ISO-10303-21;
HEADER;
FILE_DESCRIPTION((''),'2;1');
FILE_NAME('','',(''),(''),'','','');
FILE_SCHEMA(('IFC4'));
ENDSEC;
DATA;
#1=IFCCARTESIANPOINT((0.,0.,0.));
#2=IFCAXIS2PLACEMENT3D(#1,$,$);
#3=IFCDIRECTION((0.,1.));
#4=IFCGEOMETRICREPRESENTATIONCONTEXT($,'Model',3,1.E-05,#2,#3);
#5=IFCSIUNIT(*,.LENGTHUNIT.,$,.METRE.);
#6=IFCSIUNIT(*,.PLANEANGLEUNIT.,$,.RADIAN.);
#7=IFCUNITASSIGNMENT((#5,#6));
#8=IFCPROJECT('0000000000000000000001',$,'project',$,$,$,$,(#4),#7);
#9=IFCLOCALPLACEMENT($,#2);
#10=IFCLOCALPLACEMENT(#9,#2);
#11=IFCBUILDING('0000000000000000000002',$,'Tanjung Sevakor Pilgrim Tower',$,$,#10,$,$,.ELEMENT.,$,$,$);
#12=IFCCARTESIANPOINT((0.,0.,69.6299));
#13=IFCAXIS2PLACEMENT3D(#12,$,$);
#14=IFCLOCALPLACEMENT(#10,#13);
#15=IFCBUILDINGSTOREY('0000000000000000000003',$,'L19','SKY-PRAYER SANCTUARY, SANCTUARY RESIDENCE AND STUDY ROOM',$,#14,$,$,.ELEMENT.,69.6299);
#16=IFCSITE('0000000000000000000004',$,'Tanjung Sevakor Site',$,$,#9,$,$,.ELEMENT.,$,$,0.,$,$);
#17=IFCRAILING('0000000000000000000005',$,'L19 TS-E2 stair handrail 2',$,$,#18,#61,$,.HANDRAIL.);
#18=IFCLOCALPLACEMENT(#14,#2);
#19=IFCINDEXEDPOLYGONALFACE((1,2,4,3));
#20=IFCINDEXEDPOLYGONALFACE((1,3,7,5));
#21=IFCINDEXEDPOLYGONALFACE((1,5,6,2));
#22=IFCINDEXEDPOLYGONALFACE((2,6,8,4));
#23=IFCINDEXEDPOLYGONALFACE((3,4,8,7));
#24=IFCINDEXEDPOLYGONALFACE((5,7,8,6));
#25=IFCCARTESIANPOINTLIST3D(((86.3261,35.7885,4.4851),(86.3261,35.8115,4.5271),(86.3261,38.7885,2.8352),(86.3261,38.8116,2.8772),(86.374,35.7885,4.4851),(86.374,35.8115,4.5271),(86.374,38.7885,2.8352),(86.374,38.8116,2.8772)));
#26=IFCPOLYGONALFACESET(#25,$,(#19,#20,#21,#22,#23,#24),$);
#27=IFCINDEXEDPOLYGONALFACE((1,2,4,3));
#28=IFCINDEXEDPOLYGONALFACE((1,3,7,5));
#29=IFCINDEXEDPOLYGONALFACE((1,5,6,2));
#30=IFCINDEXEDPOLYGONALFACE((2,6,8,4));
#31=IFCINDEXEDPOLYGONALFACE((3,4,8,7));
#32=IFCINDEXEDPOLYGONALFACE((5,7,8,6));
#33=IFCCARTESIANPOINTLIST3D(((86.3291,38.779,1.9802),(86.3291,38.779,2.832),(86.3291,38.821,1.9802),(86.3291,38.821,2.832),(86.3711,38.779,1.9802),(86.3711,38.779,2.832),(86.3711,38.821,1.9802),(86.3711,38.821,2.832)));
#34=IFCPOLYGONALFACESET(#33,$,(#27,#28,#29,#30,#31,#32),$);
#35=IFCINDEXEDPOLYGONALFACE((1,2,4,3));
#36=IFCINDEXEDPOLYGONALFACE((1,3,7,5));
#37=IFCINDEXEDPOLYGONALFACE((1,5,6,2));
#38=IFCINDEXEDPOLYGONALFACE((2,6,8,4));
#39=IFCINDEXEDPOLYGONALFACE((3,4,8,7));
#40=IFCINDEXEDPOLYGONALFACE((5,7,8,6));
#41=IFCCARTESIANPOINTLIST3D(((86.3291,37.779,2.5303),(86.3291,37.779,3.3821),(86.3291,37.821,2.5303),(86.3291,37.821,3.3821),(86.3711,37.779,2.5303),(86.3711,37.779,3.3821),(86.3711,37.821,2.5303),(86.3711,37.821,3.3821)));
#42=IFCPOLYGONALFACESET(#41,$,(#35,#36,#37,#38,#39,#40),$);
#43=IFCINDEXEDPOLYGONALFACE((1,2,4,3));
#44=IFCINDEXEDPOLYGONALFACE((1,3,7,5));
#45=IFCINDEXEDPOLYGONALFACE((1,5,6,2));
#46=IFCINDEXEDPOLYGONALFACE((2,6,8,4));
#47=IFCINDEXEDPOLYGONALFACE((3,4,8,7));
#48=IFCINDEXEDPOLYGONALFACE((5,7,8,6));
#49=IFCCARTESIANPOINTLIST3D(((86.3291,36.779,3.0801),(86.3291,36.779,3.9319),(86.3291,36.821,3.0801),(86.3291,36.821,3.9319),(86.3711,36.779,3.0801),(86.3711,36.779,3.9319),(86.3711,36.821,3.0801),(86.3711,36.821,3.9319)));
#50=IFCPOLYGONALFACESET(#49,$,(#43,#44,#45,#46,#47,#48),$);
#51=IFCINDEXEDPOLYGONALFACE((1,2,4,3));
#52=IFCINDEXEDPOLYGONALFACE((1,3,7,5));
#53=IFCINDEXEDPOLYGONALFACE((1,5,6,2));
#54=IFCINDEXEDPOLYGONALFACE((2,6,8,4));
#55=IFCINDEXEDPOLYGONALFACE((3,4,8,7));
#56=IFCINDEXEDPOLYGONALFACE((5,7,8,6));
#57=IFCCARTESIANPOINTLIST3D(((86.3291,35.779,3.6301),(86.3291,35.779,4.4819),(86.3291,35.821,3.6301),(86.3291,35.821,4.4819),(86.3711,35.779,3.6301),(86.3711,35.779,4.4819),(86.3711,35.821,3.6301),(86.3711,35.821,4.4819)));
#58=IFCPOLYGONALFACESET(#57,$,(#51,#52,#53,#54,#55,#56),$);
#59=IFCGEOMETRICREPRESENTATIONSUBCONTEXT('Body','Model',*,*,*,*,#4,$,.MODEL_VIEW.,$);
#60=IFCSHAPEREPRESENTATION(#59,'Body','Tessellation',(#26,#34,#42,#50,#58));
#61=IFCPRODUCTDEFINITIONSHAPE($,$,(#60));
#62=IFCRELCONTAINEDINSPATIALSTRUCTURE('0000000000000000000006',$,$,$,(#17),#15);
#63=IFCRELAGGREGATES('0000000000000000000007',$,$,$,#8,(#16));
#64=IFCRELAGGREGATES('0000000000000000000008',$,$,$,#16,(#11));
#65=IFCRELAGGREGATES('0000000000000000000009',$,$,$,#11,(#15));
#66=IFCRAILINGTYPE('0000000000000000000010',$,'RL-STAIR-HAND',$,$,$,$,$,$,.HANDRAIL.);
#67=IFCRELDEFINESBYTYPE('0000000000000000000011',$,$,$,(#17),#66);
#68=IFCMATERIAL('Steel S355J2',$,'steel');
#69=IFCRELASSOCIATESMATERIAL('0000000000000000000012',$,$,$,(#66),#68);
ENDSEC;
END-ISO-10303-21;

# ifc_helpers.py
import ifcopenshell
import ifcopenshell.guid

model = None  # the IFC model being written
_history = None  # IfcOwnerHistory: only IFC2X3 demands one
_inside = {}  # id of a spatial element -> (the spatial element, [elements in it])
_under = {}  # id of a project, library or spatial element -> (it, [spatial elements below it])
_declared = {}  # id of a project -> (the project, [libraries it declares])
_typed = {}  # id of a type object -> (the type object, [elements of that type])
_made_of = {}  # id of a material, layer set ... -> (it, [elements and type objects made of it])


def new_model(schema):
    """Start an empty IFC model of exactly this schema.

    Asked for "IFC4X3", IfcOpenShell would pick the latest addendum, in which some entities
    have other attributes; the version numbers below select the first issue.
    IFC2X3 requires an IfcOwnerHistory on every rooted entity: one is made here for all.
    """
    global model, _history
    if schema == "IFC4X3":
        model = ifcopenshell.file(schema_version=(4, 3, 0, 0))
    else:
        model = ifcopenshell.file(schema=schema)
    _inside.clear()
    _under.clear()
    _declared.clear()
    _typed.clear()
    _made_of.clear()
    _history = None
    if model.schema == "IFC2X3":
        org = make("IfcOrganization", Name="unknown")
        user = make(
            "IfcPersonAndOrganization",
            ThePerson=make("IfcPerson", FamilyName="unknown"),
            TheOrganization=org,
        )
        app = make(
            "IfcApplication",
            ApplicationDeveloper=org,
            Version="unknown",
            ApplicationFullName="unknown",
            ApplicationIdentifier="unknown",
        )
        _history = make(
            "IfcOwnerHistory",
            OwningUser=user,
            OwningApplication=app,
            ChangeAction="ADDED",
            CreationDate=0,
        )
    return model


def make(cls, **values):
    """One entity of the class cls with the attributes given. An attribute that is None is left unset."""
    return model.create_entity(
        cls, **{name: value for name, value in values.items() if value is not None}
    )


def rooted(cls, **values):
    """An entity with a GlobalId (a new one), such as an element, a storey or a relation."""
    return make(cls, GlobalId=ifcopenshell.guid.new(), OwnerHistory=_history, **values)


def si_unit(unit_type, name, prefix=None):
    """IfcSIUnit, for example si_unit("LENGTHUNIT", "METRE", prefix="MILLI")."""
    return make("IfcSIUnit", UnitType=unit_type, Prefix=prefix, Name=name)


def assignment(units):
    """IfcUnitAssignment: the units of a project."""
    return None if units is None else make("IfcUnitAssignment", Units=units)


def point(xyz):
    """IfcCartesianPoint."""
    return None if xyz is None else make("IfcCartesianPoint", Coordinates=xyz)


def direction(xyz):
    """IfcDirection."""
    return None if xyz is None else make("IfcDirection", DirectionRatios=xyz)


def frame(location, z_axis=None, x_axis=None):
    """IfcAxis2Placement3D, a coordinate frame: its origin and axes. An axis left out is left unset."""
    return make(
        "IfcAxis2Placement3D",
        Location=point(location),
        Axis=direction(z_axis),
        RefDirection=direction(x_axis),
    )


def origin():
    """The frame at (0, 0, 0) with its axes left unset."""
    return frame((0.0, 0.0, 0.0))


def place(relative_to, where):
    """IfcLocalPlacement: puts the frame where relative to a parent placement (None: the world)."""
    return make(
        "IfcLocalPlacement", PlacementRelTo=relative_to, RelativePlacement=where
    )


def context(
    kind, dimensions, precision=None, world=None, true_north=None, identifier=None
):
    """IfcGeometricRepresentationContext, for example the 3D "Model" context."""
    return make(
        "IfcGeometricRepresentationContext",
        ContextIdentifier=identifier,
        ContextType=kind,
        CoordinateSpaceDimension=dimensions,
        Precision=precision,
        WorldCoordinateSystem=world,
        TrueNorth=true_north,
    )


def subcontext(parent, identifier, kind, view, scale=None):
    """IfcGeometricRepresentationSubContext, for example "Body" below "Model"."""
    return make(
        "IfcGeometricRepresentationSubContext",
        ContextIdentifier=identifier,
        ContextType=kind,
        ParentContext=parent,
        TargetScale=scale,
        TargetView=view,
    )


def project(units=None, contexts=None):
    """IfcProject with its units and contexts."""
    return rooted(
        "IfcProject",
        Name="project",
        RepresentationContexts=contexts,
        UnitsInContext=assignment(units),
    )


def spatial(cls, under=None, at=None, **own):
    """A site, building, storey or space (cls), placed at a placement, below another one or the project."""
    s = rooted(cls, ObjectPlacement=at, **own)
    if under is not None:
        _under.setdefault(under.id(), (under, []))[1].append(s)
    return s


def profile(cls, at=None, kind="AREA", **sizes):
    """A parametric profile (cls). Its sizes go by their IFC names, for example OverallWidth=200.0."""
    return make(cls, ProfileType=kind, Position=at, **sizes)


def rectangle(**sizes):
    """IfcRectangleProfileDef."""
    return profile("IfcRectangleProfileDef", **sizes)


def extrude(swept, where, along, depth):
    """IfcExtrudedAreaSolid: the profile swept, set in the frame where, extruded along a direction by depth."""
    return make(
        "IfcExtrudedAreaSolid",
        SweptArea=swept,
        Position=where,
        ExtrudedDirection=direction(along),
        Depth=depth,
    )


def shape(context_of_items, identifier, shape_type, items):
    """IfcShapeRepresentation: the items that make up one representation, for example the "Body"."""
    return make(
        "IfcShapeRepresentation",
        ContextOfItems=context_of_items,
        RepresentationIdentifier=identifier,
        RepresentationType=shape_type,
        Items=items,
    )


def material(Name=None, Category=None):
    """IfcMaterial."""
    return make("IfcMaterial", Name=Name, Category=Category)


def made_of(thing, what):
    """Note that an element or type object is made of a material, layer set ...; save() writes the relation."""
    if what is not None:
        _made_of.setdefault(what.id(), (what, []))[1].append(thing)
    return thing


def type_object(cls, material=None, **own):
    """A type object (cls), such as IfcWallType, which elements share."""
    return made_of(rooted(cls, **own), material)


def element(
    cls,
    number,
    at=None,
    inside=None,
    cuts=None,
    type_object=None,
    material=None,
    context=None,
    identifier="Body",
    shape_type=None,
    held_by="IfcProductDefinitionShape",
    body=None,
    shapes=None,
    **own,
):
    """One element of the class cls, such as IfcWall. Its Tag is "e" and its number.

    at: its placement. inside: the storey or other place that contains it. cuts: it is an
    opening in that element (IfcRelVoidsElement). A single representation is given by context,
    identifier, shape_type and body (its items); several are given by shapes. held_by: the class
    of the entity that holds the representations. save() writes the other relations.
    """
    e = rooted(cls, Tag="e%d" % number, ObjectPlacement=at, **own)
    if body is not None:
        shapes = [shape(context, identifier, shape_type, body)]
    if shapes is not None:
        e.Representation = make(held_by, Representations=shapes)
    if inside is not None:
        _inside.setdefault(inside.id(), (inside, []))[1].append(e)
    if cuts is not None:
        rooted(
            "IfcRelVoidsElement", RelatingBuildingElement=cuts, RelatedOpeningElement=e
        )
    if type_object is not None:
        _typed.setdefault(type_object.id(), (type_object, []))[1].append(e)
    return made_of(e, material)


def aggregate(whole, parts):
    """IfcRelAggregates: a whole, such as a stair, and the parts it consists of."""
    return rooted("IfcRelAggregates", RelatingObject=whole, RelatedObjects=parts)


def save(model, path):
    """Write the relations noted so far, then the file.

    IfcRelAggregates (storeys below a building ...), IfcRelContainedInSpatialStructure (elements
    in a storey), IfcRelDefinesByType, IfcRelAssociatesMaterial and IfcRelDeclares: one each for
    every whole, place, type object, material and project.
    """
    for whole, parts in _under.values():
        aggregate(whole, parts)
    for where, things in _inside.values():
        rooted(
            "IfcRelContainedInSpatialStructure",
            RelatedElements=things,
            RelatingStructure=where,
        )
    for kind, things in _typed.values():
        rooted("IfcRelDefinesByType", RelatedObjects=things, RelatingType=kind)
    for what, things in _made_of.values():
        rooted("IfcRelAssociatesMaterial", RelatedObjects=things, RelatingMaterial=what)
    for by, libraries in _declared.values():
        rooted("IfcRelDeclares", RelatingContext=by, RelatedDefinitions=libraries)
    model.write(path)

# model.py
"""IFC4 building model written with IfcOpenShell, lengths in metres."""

from ifc_helpers import new_model, si_unit, direction, frame, origin, place, context, subcontext, project, spatial, rectangle, extrude, material, type_object, element, save


model = new_model("IFC4")

# Units and contexts
model_context = context("Model", 3, precision=1e-05, world=origin(), true_north=direction((0.0, 1.0)))
body_context = subcontext(model_context, "Body", "Model", "MODEL_VIEW")
ifc_project = project(units=[si_unit("LENGTHUNIT", "METRE"), si_unit("PLANEANGLEUNIT", "RADIAN")], contexts=[model_context])

# Site, building, storey
site_placement = place(None, origin())
site = spatial("IfcSite", under=ifc_project, at=site_placement, Name="Tanjung Sevakor Site", CompositionType="ELEMENT", RefElevation=0.0)
building_placement = place(site_placement, origin())
building = spatial("IfcBuilding", under=site, at=building_placement, Name="Tanjung Sevakor Pilgrim Tower", CompositionType="ELEMENT")
storey_placement = place(building_placement, frame((0.0, 0.0, 69.6299)))
storey = spatial("IfcBuildingStorey", under=building, at=storey_placement, Name="L19", Description="SKY-PRAYER SANCTUARY, SANCTUARY RESIDENCE AND STUDY ROOM", CompositionType="ELEMENT", Elevation=69.6299)

# Railing
ifc_material_1 = material(Name="Steel S355J2", Category="steel")
railing_type_1 = type_object("IfcRailingType", Name="RL-STAIR-HAND", PredefinedType="HANDRAIL", material=ifc_material_1)
railing_1_placement = place(storey_placement, frame((86.3501, 38.8, 1.9802)))
element("IfcRailing", 1, at=railing_1_placement, inside=storey, type_object=railing_type_1, Name="L19 TS-E2 stair handrail 2", PredefinedType="HANDRAIL", context=body_context, shape_type="SweptSolid", body=[
    extrude(rectangle(XDim=0.0479, YDim=0.0479), frame((0.0, 0.0, 0.876), z_axis=(0.0, -0.876228, 0.481897), x_axis=(1.0, 0.0, 0.0)), (0.0, 0.0, 1.0), 3.4238),
    extrude(rectangle(XDim=0.042, YDim=0.042), origin(), (0.0, 0.0, 1.0), 0.8518),
    extrude(rectangle(XDim=0.042, YDim=0.042), frame((0.0, -1.0, 0.55)), (0.0, 0.0, 1.0), 0.8518),
    extrude(rectangle(XDim=0.042, YDim=0.042), frame((0.0, -2.0, 1.0999)), (0.0, 0.0, 1.0), 0.8518),
    extrude(rectangle(XDim=0.042, YDim=0.042), frame((0.0, -3.0, 1.6499)), (0.0, 0.0, 1.0), 0.8518),
])

save(model, "model.ifc")
